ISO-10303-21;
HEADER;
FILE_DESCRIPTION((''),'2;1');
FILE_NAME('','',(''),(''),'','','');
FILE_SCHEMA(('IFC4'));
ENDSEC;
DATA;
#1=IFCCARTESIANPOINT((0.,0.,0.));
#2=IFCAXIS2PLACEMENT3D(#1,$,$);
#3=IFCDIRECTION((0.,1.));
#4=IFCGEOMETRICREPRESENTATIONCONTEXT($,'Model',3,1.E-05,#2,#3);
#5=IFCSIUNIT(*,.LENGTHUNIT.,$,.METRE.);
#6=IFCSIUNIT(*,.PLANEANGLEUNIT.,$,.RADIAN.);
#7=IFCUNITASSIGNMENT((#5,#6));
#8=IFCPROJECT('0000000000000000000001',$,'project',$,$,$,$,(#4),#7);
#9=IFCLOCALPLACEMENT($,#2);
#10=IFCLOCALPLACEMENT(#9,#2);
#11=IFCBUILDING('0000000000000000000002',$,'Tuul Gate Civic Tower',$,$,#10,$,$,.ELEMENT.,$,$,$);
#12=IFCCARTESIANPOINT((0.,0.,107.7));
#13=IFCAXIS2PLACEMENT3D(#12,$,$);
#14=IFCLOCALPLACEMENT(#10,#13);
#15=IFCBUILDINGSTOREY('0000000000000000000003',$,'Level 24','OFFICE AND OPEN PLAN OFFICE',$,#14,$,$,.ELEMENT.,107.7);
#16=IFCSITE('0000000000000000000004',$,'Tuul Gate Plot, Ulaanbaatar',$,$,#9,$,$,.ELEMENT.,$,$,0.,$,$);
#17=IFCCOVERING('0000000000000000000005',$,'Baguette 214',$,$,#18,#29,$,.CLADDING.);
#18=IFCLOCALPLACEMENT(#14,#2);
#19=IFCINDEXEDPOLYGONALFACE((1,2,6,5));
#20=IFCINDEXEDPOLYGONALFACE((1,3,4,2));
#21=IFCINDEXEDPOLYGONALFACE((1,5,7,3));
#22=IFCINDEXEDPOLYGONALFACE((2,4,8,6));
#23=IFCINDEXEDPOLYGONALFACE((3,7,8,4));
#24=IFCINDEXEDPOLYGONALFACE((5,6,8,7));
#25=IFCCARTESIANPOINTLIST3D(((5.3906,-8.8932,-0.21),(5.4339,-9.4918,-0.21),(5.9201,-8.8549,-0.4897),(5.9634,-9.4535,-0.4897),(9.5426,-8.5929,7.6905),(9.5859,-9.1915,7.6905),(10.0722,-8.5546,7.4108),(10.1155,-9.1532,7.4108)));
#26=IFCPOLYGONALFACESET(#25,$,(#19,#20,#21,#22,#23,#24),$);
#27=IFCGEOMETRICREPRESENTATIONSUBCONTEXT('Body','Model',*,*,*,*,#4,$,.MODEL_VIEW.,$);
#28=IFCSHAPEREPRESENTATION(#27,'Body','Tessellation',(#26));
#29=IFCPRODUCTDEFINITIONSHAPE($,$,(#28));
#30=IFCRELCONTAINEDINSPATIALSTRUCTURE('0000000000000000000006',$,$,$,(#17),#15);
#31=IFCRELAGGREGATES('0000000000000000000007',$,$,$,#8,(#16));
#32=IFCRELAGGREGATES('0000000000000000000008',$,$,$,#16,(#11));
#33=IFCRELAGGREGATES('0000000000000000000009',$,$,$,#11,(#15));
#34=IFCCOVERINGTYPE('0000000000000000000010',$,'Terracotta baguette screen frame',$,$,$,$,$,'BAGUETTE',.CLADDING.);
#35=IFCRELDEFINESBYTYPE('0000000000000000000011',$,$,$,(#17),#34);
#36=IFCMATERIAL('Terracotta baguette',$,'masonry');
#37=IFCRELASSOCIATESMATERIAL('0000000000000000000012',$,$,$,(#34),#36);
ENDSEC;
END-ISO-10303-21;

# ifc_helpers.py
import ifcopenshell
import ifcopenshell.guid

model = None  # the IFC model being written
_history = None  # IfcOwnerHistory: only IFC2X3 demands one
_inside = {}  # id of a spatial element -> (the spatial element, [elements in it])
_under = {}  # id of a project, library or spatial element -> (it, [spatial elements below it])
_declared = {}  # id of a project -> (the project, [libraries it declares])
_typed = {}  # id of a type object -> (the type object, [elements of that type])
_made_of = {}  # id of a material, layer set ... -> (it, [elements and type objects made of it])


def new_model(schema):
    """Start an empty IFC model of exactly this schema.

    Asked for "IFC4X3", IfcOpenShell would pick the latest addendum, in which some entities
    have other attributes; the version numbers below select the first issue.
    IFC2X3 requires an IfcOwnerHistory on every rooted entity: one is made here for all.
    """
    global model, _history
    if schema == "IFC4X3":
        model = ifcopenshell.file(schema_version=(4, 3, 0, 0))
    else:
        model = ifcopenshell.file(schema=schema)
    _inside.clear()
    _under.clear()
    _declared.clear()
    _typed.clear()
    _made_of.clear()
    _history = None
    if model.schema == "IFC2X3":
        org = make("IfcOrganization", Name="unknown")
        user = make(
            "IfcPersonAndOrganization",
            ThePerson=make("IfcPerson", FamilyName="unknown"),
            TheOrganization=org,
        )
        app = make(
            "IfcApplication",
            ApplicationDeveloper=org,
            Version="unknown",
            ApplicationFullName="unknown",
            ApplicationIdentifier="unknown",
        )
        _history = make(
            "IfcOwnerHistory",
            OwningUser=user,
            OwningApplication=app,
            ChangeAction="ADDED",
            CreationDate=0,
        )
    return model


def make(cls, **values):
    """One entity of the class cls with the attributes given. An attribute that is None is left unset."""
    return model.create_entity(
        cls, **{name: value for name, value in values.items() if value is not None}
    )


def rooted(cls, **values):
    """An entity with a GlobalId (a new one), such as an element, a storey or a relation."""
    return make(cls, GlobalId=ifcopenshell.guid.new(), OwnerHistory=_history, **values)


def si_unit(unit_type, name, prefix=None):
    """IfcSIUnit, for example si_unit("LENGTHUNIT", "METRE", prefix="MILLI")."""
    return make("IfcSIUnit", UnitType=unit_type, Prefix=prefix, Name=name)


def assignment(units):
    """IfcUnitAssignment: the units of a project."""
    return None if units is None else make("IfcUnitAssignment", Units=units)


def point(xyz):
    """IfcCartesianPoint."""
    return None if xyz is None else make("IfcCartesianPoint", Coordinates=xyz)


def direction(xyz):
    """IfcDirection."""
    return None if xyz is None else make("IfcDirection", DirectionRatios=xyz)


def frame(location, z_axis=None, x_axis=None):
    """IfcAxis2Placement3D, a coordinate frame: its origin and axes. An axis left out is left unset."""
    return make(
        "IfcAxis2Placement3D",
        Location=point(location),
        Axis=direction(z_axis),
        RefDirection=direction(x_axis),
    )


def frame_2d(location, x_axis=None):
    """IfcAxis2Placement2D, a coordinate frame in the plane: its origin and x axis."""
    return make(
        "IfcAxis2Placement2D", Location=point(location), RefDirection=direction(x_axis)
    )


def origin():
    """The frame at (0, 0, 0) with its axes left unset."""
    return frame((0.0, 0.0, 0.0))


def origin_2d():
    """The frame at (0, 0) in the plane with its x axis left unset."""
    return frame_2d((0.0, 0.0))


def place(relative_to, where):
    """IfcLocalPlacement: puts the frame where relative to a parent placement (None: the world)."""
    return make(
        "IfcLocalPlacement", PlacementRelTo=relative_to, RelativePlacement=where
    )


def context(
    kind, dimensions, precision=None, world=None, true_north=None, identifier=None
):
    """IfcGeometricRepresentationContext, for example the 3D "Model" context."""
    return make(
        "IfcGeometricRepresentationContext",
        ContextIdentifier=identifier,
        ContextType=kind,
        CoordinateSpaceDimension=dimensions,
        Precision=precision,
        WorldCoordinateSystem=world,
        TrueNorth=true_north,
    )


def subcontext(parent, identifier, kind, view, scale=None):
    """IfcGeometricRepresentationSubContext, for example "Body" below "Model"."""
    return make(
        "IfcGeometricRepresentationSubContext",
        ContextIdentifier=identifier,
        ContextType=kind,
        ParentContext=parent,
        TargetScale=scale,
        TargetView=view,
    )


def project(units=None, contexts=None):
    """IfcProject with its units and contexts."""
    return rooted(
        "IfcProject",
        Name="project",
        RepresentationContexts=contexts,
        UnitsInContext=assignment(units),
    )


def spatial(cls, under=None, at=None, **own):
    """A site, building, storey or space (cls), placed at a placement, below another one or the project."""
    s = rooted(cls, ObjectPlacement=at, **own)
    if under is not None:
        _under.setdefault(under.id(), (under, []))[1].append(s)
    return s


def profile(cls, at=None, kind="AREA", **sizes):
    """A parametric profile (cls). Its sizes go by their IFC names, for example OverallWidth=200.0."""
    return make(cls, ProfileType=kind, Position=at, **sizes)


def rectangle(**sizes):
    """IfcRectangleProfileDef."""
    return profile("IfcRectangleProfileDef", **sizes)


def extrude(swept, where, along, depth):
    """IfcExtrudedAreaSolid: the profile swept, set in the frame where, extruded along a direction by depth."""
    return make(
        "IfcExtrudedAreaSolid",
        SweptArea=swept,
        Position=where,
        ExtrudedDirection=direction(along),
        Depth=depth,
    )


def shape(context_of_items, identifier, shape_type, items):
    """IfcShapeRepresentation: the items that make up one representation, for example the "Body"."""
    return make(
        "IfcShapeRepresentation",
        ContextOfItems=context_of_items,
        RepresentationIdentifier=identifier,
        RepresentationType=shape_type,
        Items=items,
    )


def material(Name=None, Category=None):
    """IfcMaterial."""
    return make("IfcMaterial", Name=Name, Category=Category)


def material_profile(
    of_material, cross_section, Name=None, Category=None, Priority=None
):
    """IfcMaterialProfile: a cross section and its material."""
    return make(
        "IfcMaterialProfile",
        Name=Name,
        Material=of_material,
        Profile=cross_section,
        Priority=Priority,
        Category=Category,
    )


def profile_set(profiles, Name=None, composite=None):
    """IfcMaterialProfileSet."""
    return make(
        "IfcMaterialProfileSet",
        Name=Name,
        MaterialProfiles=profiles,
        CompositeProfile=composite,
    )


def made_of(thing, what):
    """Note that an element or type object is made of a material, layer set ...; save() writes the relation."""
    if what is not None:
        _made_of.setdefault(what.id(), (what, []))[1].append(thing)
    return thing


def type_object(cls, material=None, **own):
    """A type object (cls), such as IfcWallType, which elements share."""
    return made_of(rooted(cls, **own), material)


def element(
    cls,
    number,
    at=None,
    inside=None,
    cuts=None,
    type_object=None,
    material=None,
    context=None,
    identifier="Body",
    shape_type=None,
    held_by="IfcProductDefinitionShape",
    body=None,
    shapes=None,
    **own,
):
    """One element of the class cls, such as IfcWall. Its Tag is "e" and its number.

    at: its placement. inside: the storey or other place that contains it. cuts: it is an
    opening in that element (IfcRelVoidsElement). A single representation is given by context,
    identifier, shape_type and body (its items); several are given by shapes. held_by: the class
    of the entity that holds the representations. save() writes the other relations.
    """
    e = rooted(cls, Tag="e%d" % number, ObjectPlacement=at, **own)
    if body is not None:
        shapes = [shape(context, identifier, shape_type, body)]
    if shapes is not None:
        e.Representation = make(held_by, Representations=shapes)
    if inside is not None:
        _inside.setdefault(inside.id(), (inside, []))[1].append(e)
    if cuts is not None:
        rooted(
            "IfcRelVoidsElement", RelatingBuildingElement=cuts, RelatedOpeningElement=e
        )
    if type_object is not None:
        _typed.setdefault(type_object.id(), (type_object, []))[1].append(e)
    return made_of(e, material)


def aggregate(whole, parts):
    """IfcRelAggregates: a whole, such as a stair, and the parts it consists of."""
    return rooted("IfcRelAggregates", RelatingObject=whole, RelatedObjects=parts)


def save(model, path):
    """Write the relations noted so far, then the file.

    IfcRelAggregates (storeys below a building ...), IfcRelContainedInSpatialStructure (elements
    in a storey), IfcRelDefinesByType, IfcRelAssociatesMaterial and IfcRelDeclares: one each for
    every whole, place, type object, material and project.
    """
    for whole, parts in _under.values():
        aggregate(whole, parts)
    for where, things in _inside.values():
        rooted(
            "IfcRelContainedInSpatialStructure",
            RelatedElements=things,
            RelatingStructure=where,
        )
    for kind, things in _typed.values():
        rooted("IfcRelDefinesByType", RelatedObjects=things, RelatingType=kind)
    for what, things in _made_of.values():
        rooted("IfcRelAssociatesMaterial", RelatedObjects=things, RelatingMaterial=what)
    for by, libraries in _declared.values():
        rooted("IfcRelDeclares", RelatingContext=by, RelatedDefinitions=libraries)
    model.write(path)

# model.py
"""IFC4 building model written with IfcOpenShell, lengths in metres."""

from ifc_helpers import new_model, si_unit, direction, frame, origin, origin_2d, place, context, subcontext, project, spatial, rectangle, extrude, material, material_profile, profile_set, type_object, element, save


model = new_model("IFC4")

# Units and contexts
model_context = context("Model", 3, precision=1e-05, world=origin(), true_north=direction((0.0, 1.0)))
body_context = subcontext(model_context, "Body", "Model", "MODEL_VIEW")
ifc_project = project(units=[si_unit("LENGTHUNIT", "METRE"), si_unit("PLANEANGLEUNIT", "RADIAN")], contexts=[model_context])

# Site, building, storey
site_placement = place(None, origin())
site = spatial("IfcSite", under=ifc_project, at=site_placement, Name="Tuul Gate Plot, Ulaanbaatar", CompositionType="ELEMENT", RefElevation=0.0)
building_placement = place(site_placement, origin())
building = spatial("IfcBuilding", under=site, at=building_placement, Name="Tuul Gate Civic Tower", CompositionType="ELEMENT")
storey_placement = place(building_placement, frame((0.0, 0.0, 107.7)))
storey = spatial("IfcBuildingStorey", under=building, at=storey_placement, Name="Level 24", Description="OFFICE AND OPEN PLAN OFFICE", CompositionType="ELEMENT", Elevation=107.7)

# Covering
ifc_material_1 = material(Name="Terracotta baguette", Category="masonry")
ifc_material_profile_1 = material_profile(ifc_material_1, rectangle(XDim=0.6001, YDim=0.6001, at=origin_2d()), Name="Terracotta baguette screen frame")
ifc_profile_set_1 = profile_set([ifc_material_profile_1], Name="Terracotta baguette")
covering_type = type_object("IfcCoveringType", Name="Terracotta baguette screen frame", ElementType="BAGUETTE", PredefinedType="CLADDING", material=ifc_profile_set_1)
covering_1_placement = place(storey_placement, frame((5.677, -9.1733, -0.3499), z_axis=(0.464945, 0.033626, 0.8847), x_axis=(-0.072135, 0.997395, 0.0)))
element("IfcCovering", 1, at=covering_1_placement, inside=storey, type_object=covering_type, Name="Baguette 214", PredefinedType="CLADDING", context=body_context, shape_type="SweptSolid", body=[
    extrude(rectangle(XDim=0.6001, YDim=0.6001, at=origin_2d()), origin(), (0.0, 0.0, 1.0), 8.9302),
])

save(model, "model.ifc")
